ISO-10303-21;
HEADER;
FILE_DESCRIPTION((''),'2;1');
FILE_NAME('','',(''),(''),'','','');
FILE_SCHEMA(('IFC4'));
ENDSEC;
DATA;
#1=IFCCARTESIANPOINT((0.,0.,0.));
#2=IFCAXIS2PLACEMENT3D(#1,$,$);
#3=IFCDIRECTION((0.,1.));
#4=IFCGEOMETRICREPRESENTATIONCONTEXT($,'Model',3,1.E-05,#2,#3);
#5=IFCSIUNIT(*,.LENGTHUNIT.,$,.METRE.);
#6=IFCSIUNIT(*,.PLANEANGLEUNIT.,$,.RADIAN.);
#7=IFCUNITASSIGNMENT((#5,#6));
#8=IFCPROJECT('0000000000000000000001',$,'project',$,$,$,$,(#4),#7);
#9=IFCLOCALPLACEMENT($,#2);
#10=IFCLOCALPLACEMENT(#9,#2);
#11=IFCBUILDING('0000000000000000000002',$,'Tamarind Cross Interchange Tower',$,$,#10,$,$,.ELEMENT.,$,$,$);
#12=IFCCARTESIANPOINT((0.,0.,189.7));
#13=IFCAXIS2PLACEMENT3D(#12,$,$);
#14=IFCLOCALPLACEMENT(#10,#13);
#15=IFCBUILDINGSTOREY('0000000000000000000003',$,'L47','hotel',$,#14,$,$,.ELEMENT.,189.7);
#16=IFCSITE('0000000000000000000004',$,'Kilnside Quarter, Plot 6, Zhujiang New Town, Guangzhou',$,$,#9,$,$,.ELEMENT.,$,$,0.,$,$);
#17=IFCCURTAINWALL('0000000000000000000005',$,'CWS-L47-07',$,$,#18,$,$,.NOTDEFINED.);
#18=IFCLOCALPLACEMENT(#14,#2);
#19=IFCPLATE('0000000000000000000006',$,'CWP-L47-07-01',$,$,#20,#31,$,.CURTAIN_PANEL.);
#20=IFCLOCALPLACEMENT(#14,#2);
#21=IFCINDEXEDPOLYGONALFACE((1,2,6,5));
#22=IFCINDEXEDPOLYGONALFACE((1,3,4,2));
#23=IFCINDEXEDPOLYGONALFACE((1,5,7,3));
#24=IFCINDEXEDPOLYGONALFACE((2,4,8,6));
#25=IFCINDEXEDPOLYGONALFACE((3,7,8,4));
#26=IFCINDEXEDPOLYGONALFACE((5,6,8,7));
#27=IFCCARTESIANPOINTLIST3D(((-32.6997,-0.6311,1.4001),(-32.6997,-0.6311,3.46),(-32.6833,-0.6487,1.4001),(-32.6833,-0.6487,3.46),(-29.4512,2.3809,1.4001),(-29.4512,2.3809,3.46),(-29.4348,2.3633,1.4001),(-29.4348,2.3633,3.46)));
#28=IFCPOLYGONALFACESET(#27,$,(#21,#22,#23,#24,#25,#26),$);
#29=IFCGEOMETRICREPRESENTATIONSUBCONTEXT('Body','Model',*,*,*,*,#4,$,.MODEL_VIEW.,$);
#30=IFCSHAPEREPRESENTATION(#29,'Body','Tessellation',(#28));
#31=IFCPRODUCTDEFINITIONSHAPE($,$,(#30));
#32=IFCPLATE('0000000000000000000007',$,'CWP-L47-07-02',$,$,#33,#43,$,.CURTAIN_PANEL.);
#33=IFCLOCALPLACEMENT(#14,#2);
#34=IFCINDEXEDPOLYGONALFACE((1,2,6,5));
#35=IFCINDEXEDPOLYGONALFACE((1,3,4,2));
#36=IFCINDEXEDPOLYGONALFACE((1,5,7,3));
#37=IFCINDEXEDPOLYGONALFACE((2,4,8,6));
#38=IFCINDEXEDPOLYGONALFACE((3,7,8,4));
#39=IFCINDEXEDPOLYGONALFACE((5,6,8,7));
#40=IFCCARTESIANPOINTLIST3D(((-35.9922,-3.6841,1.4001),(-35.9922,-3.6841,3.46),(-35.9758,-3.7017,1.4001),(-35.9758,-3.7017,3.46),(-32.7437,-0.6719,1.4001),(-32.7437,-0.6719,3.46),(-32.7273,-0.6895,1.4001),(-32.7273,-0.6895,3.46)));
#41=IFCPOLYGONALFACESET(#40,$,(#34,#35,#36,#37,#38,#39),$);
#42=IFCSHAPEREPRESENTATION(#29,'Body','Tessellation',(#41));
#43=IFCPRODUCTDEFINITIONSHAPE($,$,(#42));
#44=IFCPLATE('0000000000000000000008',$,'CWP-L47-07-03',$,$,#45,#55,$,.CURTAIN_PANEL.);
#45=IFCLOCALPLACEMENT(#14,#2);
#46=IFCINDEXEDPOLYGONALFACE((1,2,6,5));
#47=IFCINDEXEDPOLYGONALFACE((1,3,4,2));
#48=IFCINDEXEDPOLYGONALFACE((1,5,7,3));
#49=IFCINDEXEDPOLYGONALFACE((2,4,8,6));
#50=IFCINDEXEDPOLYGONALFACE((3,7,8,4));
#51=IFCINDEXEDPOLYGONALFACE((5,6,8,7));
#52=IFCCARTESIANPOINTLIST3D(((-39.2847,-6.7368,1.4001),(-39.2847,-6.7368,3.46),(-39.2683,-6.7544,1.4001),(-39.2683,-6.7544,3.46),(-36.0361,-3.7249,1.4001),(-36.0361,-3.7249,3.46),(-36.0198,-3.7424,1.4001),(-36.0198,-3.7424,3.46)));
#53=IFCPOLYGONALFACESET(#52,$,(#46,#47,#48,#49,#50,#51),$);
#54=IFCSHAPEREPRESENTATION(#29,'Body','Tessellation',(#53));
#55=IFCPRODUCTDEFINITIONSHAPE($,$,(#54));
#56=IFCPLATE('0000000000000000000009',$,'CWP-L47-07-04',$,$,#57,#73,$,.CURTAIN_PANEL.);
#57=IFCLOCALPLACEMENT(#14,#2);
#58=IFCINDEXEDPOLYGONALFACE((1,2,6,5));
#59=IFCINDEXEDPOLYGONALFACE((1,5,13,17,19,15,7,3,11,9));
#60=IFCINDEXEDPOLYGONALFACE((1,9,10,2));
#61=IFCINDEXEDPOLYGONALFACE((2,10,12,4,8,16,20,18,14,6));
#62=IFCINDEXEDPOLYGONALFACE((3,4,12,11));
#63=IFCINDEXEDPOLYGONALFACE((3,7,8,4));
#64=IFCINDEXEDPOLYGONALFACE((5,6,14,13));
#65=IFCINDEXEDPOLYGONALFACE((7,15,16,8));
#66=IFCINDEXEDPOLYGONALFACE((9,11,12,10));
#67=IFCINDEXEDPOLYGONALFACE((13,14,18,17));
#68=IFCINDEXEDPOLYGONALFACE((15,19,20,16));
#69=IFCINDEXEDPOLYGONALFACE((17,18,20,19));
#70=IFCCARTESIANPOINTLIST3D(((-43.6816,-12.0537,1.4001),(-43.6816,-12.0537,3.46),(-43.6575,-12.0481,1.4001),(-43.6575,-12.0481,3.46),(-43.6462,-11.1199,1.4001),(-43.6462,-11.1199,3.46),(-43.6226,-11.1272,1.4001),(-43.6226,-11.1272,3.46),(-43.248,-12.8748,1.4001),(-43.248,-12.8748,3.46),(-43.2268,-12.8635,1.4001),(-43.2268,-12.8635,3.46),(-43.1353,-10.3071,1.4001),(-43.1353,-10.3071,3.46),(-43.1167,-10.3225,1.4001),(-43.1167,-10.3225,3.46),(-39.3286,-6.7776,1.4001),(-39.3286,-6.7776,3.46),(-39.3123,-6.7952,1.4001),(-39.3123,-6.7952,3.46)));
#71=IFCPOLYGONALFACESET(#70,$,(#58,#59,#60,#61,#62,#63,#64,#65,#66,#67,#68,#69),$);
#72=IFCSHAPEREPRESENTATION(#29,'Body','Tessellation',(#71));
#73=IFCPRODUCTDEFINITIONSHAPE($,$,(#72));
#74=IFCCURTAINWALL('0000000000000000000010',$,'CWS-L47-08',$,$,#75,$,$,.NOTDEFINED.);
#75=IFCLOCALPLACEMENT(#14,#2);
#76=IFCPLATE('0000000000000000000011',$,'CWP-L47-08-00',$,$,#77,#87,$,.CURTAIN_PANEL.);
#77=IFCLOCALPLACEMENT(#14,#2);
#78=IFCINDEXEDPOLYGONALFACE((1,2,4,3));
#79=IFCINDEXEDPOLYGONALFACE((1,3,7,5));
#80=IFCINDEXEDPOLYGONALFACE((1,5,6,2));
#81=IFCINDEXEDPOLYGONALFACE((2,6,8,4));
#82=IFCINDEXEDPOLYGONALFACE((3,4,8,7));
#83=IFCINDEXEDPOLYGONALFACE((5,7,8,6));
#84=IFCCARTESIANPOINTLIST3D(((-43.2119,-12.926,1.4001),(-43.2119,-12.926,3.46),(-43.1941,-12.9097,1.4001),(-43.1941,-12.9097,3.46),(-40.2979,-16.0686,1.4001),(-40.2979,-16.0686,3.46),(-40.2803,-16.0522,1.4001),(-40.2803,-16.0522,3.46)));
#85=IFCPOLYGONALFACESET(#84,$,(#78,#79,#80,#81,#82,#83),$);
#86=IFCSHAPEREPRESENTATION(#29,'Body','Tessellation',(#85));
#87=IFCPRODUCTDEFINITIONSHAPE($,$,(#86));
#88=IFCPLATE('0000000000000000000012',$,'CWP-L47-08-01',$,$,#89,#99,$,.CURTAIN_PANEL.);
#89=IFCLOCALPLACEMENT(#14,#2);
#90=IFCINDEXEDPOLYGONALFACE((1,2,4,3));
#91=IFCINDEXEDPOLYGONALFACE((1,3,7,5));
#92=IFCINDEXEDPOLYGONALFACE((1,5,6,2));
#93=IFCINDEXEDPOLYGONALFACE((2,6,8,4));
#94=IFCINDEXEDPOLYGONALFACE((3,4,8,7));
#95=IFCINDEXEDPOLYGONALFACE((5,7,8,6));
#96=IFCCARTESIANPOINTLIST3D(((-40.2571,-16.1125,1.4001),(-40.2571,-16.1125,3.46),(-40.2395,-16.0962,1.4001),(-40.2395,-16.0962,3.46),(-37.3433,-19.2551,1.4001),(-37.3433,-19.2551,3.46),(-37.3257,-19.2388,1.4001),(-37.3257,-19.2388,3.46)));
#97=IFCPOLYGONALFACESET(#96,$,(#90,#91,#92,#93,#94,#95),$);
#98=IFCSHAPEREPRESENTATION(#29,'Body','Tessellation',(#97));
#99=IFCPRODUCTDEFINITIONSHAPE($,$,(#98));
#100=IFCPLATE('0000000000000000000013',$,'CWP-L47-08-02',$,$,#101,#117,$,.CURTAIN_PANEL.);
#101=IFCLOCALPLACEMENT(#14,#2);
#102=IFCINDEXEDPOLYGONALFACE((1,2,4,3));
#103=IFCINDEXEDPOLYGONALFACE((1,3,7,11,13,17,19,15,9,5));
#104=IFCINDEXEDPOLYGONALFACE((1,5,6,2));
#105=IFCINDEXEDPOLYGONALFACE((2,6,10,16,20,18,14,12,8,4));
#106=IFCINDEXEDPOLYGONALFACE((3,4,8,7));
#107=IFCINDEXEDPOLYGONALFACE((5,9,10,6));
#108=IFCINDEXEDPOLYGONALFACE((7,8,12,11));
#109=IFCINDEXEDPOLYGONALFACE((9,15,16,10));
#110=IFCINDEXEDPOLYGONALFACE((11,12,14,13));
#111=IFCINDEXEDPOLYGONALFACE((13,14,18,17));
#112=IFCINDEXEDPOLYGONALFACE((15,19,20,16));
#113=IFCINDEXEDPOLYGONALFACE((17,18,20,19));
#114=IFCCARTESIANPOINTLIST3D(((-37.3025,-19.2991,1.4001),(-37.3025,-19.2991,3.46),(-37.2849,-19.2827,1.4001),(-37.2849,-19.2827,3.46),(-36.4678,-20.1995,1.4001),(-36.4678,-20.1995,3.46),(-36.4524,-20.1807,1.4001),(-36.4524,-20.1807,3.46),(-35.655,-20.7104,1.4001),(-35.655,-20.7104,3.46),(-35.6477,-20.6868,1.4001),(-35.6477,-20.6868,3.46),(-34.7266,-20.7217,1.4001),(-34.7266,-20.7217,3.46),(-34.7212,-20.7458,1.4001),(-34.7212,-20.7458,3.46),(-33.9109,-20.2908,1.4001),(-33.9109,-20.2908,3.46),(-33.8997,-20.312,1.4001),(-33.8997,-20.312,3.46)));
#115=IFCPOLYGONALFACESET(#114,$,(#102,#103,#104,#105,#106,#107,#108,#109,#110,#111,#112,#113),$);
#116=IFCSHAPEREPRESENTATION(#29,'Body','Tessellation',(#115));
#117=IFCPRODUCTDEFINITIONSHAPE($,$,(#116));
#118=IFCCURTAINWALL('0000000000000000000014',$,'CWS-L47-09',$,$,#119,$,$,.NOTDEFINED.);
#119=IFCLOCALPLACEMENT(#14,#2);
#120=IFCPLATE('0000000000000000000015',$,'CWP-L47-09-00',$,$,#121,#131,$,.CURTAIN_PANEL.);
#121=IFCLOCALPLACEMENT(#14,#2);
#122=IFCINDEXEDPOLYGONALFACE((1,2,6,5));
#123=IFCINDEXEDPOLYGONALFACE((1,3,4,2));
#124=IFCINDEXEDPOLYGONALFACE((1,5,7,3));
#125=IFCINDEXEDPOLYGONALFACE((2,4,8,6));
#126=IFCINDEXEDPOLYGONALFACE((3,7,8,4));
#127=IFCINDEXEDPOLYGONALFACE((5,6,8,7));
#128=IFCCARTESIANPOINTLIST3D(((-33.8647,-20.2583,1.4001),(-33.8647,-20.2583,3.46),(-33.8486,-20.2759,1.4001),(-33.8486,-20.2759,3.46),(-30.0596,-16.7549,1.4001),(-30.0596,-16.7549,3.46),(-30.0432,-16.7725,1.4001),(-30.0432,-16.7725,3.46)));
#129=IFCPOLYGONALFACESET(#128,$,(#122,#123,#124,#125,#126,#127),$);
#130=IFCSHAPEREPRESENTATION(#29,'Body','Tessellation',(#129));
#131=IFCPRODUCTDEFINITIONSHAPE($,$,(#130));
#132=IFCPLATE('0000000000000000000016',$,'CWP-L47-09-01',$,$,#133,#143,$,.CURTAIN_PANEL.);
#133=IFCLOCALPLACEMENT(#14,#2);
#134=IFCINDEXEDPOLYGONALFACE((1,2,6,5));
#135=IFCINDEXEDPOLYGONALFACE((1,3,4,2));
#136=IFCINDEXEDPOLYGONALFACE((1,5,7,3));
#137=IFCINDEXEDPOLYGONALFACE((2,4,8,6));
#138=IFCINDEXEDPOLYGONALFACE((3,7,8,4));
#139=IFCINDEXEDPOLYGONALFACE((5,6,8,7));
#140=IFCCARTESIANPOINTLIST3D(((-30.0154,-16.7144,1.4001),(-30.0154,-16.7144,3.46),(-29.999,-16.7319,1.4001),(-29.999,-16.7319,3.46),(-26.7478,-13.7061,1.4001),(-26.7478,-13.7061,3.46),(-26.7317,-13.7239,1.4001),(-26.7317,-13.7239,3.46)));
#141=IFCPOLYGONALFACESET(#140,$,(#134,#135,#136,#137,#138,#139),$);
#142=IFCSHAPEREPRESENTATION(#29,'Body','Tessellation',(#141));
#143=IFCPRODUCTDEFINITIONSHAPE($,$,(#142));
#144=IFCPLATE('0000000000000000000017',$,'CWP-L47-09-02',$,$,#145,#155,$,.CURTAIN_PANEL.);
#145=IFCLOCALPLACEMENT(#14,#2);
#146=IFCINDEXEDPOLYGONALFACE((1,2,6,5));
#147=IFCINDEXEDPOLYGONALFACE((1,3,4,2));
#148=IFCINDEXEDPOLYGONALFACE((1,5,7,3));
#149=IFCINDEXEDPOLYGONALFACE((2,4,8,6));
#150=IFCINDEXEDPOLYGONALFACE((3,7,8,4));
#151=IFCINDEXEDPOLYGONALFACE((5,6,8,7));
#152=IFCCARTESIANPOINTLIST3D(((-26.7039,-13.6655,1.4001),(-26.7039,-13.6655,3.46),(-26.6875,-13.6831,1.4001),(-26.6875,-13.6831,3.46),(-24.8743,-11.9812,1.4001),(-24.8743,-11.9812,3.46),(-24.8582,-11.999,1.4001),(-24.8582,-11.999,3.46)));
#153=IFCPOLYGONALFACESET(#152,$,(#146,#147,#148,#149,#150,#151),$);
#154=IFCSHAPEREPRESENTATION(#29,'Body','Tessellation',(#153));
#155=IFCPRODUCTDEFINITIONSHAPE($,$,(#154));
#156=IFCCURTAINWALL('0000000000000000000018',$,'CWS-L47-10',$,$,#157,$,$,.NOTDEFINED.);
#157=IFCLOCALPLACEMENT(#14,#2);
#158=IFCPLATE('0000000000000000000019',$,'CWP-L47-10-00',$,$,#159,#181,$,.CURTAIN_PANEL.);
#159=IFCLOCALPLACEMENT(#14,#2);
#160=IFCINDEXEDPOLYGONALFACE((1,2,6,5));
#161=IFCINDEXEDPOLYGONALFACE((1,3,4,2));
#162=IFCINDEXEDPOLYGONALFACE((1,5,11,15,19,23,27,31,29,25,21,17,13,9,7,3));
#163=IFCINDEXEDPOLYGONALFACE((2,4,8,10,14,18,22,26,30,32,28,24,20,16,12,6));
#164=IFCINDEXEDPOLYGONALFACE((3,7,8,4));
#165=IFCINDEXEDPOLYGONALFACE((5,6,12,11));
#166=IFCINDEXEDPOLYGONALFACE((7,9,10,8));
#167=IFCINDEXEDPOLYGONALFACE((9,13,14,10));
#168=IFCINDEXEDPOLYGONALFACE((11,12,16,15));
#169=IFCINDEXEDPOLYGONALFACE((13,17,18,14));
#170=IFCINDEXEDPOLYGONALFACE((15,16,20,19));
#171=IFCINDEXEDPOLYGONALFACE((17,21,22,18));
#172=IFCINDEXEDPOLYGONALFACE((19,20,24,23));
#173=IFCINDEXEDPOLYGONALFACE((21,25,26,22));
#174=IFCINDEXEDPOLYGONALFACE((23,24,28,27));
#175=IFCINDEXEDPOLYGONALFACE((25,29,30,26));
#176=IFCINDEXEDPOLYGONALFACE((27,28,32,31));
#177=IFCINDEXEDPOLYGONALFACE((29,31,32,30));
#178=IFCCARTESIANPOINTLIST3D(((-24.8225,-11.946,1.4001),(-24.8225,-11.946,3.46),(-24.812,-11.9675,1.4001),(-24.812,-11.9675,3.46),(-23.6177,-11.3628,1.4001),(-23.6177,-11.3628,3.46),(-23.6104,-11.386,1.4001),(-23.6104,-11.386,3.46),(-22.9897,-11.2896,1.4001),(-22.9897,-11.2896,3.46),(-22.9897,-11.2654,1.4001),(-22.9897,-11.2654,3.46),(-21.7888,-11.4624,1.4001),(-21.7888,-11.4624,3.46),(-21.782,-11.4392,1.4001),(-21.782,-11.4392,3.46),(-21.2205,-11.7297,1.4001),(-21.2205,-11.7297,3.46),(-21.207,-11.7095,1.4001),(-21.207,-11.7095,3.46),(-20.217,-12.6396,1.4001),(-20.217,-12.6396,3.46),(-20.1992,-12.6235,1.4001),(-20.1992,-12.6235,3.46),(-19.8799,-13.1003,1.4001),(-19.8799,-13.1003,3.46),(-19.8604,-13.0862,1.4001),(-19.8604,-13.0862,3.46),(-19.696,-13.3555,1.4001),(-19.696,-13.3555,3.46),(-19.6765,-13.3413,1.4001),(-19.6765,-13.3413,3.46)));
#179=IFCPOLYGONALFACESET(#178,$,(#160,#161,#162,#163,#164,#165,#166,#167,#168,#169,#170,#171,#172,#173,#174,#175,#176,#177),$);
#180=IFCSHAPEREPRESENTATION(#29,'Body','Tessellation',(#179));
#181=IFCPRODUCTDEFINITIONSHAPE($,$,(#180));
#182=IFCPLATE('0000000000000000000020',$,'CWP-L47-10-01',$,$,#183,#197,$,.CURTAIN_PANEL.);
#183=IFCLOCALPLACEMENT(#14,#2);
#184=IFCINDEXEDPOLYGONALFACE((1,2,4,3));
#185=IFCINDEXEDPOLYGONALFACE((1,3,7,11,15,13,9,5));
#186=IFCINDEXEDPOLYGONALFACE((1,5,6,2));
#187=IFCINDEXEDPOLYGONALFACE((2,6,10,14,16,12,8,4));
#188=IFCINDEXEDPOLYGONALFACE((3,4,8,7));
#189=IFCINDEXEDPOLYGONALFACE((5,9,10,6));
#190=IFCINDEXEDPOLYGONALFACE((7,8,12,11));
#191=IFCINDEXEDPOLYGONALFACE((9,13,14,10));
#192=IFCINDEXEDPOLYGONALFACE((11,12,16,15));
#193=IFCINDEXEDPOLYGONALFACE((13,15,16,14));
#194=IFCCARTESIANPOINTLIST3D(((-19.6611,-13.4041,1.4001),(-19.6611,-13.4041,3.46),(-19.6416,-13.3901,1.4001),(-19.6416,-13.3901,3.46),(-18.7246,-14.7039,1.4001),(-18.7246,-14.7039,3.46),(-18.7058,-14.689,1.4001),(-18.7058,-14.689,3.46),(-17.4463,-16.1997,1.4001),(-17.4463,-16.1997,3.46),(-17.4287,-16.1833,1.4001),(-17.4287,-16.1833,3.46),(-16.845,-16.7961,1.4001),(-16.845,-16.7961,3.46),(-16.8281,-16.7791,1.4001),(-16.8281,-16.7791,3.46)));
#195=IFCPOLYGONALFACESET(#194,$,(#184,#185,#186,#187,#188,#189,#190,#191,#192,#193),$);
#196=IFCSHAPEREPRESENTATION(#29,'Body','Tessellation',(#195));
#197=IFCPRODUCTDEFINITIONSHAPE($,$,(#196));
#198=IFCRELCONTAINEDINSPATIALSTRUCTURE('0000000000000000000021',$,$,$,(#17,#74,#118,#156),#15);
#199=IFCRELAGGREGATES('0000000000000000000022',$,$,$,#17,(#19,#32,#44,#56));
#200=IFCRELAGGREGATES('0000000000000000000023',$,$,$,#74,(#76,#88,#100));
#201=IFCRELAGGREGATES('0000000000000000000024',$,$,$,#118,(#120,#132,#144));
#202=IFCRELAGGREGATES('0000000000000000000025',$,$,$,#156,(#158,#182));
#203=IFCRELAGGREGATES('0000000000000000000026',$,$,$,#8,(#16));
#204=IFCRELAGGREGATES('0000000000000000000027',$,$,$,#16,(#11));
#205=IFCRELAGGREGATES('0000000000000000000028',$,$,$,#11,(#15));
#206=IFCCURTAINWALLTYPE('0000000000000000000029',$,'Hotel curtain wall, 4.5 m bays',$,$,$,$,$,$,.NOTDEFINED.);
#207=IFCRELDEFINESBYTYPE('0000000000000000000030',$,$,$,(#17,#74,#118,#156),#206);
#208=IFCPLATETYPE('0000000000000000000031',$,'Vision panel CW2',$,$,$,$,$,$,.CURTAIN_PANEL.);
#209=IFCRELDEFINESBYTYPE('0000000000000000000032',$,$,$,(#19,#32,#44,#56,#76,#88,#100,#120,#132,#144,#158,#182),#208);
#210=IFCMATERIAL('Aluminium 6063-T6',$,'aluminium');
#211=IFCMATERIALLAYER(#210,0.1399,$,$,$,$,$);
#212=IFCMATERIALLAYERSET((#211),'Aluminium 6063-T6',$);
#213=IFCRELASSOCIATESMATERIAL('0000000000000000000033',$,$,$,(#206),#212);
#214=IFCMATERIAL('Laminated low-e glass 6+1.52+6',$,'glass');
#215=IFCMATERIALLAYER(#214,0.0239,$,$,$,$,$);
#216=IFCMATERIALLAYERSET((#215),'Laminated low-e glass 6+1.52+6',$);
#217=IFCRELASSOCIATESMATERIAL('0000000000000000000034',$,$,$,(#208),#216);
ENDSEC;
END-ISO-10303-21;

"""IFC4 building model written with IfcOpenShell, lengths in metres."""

from ifc_helpers import new_model, si_unit, direction, frame, origin, place, context, subcontext, project, spatial, polyline, outline, extrude, material, layer, layer_set, type_object, element, aggregate, save


model = new_model("IFC4")

# Units and contexts
model_context = context("Model", 3, precision=1e-05, world=origin(), true_north=direction((0.0, 1.0)))
body_context = subcontext(model_context, "Body", "Model", "MODEL_VIEW")
ifc_project = project(units=[si_unit("LENGTHUNIT", "METRE"), si_unit("PLANEANGLEUNIT", "RADIAN")], contexts=[model_context])

# Site, building, storey
site_placement = place(None, origin())
site = spatial("IfcSite", under=ifc_project, at=site_placement, Name="Kilnside Quarter, Plot 6, Zhujiang New Town, Guangzhou", CompositionType="ELEMENT", RefElevation=0.0)
building_placement = place(site_placement, origin())
building = spatial("IfcBuilding", under=site, at=building_placement, Name="Tamarind Cross Interchange Tower", CompositionType="ELEMENT")
storey_placement = place(building_placement, frame((0.0, 0.0, 189.7)))
storey = spatial("IfcBuildingStorey", under=building, at=storey_placement, Name="L47", Description="hotel", CompositionType="ELEMENT", Elevation=189.7)

# Curtain walls, plates
ifc_material_1 = material(Name="Aluminium 6063-T6", Category="aluminium")
ifc_layer_1 = layer(ifc_material_1, 0.1399)
ifc_layer_set_1 = layer_set([ifc_layer_1], Name="Aluminium 6063-T6")
curtain_wall_type = type_object("IfcCurtainWallType", Name="Hotel curtain wall, 4.5 m bays", PredefinedType="NOTDEFINED", material=ifc_layer_set_1)
ifc_material_2 = material(Name="Laminated low-e glass 6+1.52+6", Category="glass")
ifc_layer_2 = layer(ifc_material_2, 0.0239)
ifc_layer_set_2 = layer_set([ifc_layer_2], Name="Laminated low-e glass 6+1.52+6")
plate_type = type_object("IfcPlateType", Name="Vision panel CW2", PredefinedType="CURTAIN_PANEL", material=ifc_layer_set_2)
curtain_wall_1_placement = place(storey_placement, origin())
curtain_wall_1 = element("IfcCurtainWall", 1, at=curtain_wall_1_placement, inside=storey, type_object=curtain_wall_type, Name="CWS-L47-07", PredefinedType="NOTDEFINED")
plate_1_placement = place(storey_placement, frame((0.0, 0.0, 1.4001)))
plate_1 = element("IfcPlate", 2, at=plate_1_placement, type_object=plate_type, Name="CWP-L47-07-01", PredefinedType="CURTAIN_PANEL", context=body_context, shape_type="SweptSolid", body=[
    extrude(outline(polyline([(-29.4348, 2.3633), (-32.6833, -0.6487), (-32.6997, -0.6311), (-29.4512, 2.3809), (-29.4348, 2.3633)])), origin(), (0.0, 0.0, 1.0), 2.0598),
])
plate_2_placement = place(storey_placement, frame((0.0, 0.0, 1.4001)))
plate_2 = element("IfcPlate", 3, at=plate_2_placement, type_object=plate_type, Name="CWP-L47-07-02", PredefinedType="CURTAIN_PANEL", context=body_context, shape_type="SweptSolid", body=[
    extrude(outline(polyline([(-32.7273, -0.6895), (-35.9758, -3.7017), (-35.9922, -3.6841), (-32.7437, -0.6719), (-32.7273, -0.6895)])), origin(), (0.0, 0.0, 1.0), 2.0598),
])
plate_3_placement = place(storey_placement, frame((0.0, 0.0, 1.4001)))
plate_3 = element("IfcPlate", 4, at=plate_3_placement, type_object=plate_type, Name="CWP-L47-07-03", PredefinedType="CURTAIN_PANEL", context=body_context, shape_type="SweptSolid", body=[
    extrude(outline(polyline([(-36.0198, -3.7424), (-39.2683, -6.7544), (-39.2847, -6.7368), (-36.0361, -3.7249), (-36.0198, -3.7424)])), origin(), (0.0, 0.0, 1.0), 2.0598),
])
plate_4_placement = place(storey_placement, frame((0.0, 0.0, 1.4001)))
plate_4 = element("IfcPlate", 5, at=plate_4_placement, type_object=plate_type, Name="CWP-L47-07-04", PredefinedType="CURTAIN_PANEL", context=body_context, shape_type="SweptSolid", body=[
    extrude(outline(polyline([(-39.3123, -6.7952), (-43.1167, -10.3225), (-43.6226, -11.1272), (-43.6575, -12.0481), (-43.2268, -12.8635), (-43.248, -12.8748), (-43.6816, -12.0537), (-43.6462, -11.1199), (-43.1353, -10.3071), (-39.3286, -6.7776), (-39.3123, -6.7952)])), origin(), (0.0, 0.0, 1.0), 2.0598),
])
aggregate(curtain_wall_1, [plate_1, plate_2, plate_3, plate_4])
curtain_wall_2_placement = place(storey_placement, origin())
curtain_wall_2 = element("IfcCurtainWall", 6, at=curtain_wall_2_placement, inside=storey, type_object=curtain_wall_type, Name="CWS-L47-08", PredefinedType="NOTDEFINED")
plate_5_placement = place(storey_placement, frame((0.0, 0.0, 1.4001)))
plate_5 = element("IfcPlate", 7, at=plate_5_placement, type_object=plate_type, Name="CWP-L47-08-00", PredefinedType="CURTAIN_PANEL", context=body_context, shape_type="SweptSolid", body=[
    extrude(outline(polyline([(-43.1941, -12.9097), (-40.2803, -16.0522), (-40.2979, -16.0686), (-43.2119, -12.926), (-43.1941, -12.9097)])), origin(), (0.0, 0.0, 1.0), 2.0598),
])
plate_6_placement = place(storey_placement, frame((0.0, 0.0, 1.4001)))
plate_6 = element("IfcPlate", 8, at=plate_6_placement, type_object=plate_type, Name="CWP-L47-08-01", PredefinedType="CURTAIN_PANEL", context=body_context, shape_type="SweptSolid", body=[
    extrude(outline(polyline([(-40.2395, -16.0962), (-37.3257, -19.2388), (-37.3433, -19.2551), (-40.2571, -16.1125), (-40.2395, -16.0962)])), origin(), (0.0, 0.0, 1.0), 2.0598),
])
plate_7_placement = place(storey_placement, frame((0.0, 0.0, 1.4001)))
plate_7 = element("IfcPlate", 9, at=plate_7_placement, type_object=plate_type, Name="CWP-L47-08-02", PredefinedType="CURTAIN_PANEL", context=body_context, shape_type="SweptSolid", body=[
    extrude(outline(polyline([(-37.2849, -19.2827), (-36.4524, -20.1807), (-35.6477, -20.6868), (-34.7266, -20.7217), (-33.9109, -20.2908), (-33.8997, -20.312), (-34.7212, -20.7458), (-35.655, -20.7104), (-36.4678, -20.1995), (-37.3025, -19.2991), (-37.2849, -19.2827)])), origin(), (0.0, 0.0, 1.0), 2.0598),
])
aggregate(curtain_wall_2, [plate_5, plate_6, plate_7])
curtain_wall_3_placement = place(storey_placement, origin())
curtain_wall_3 = element("IfcCurtainWall", 10, at=curtain_wall_3_placement, inside=storey, type_object=curtain_wall_type, Name="CWS-L47-09", PredefinedType="NOTDEFINED")
plate_8_placement = place(storey_placement, frame((0.0, 0.0, 1.4001)))
plate_8 = element("IfcPlate", 11, at=plate_8_placement, type_object=plate_type, Name="CWP-L47-09-00", PredefinedType="CURTAIN_PANEL", context=body_context, shape_type="SweptSolid", body=[
    extrude(outline(polyline([(-33.8647, -20.2583), (-30.0596, -16.7549), (-30.0432, -16.7725), (-33.8486, -20.2759), (-33.8647, -20.2583)])), origin(), (0.0, 0.0, 1.0), 2.0598),
])
plate_9_placement = place(storey_placement, frame((0.0, 0.0, 1.4001)))
plate_9 = element("IfcPlate", 12, at=plate_9_placement, type_object=plate_type, Name="CWP-L47-09-01", PredefinedType="CURTAIN_PANEL", context=body_context, shape_type="SweptSolid", body=[
    extrude(outline(polyline([(-30.0154, -16.7144), (-26.7478, -13.7061), (-26.7317, -13.7239), (-29.999, -16.7319), (-30.0154, -16.7144)])), origin(), (0.0, 0.0, 1.0), 2.0598),
])
plate_10_placement = place(storey_placement, frame((0.0, 0.0, 1.4001)))
plate_10 = element("IfcPlate", 13, at=plate_10_placement, type_object=plate_type, Name="CWP-L47-09-02", PredefinedType="CURTAIN_PANEL", context=body_context, shape_type="SweptSolid", body=[
    extrude(outline(polyline([(-26.7039, -13.6655), (-24.8743, -11.9812), (-24.8582, -11.999), (-26.6875, -13.6831), (-26.7039, -13.6655)])), origin(), (0.0, 0.0, 1.0), 2.0598),
])
aggregate(curtain_wall_3, [plate_8, plate_9, plate_10])
curtain_wall_4_placement = place(storey_placement, origin())
curtain_wall_4 = element("IfcCurtainWall", 14, at=curtain_wall_4_placement, inside=storey, type_object=curtain_wall_type, Name="CWS-L47-10", PredefinedType="NOTDEFINED")
plate_11_placement = place(storey_placement, frame((0.0, 0.0, 1.4001)))
plate_11 = element("IfcPlate", 15, at=plate_11_placement, type_object=plate_type, Name="CWP-L47-10-00", PredefinedType="CURTAIN_PANEL", context=body_context, shape_type="SweptSolid", body=[
    extrude(outline(polyline([(-24.8225, -11.946), (-23.6177, -11.3628), (-22.9897, -11.2654), (-21.782, -11.4392), (-21.207, -11.7095), (-20.1992, -12.6235), (-19.8604, -13.0862), (-19.6765, -13.3413), (-19.696, -13.3555), (-19.8799, -13.1003), (-20.217, -12.6396), (-21.2205, -11.7297), (-21.7888, -11.4624), (-22.9897, -11.2896), (-23.6104, -11.386), (-24.812, -11.9675), (-24.8225, -11.946)])), origin(), (0.0, 0.0, 1.0), 2.0598),
])
plate_12_placement = place(storey_placement, frame((0.0, 0.0, 1.4001)))
plate_12 = element("IfcPlate", 16, at=plate_12_placement, type_object=plate_type, Name="CWP-L47-10-01", PredefinedType="CURTAIN_PANEL", context=body_context, shape_type="SweptSolid", body=[
    extrude(outline(polyline([(-19.6416, -13.3901), (-18.7058, -14.689), (-17.4287, -16.1833), (-16.8281, -16.7791), (-16.845, -16.7961), (-17.4463, -16.1997), (-18.7246, -14.7039), (-19.6611, -13.4041), (-19.6416, -13.3901)])), origin(), (0.0, 0.0, 1.0), 2.0598),
])
aggregate(curtain_wall_4, [plate_11, plate_12])

save(model, "model.ifc")
